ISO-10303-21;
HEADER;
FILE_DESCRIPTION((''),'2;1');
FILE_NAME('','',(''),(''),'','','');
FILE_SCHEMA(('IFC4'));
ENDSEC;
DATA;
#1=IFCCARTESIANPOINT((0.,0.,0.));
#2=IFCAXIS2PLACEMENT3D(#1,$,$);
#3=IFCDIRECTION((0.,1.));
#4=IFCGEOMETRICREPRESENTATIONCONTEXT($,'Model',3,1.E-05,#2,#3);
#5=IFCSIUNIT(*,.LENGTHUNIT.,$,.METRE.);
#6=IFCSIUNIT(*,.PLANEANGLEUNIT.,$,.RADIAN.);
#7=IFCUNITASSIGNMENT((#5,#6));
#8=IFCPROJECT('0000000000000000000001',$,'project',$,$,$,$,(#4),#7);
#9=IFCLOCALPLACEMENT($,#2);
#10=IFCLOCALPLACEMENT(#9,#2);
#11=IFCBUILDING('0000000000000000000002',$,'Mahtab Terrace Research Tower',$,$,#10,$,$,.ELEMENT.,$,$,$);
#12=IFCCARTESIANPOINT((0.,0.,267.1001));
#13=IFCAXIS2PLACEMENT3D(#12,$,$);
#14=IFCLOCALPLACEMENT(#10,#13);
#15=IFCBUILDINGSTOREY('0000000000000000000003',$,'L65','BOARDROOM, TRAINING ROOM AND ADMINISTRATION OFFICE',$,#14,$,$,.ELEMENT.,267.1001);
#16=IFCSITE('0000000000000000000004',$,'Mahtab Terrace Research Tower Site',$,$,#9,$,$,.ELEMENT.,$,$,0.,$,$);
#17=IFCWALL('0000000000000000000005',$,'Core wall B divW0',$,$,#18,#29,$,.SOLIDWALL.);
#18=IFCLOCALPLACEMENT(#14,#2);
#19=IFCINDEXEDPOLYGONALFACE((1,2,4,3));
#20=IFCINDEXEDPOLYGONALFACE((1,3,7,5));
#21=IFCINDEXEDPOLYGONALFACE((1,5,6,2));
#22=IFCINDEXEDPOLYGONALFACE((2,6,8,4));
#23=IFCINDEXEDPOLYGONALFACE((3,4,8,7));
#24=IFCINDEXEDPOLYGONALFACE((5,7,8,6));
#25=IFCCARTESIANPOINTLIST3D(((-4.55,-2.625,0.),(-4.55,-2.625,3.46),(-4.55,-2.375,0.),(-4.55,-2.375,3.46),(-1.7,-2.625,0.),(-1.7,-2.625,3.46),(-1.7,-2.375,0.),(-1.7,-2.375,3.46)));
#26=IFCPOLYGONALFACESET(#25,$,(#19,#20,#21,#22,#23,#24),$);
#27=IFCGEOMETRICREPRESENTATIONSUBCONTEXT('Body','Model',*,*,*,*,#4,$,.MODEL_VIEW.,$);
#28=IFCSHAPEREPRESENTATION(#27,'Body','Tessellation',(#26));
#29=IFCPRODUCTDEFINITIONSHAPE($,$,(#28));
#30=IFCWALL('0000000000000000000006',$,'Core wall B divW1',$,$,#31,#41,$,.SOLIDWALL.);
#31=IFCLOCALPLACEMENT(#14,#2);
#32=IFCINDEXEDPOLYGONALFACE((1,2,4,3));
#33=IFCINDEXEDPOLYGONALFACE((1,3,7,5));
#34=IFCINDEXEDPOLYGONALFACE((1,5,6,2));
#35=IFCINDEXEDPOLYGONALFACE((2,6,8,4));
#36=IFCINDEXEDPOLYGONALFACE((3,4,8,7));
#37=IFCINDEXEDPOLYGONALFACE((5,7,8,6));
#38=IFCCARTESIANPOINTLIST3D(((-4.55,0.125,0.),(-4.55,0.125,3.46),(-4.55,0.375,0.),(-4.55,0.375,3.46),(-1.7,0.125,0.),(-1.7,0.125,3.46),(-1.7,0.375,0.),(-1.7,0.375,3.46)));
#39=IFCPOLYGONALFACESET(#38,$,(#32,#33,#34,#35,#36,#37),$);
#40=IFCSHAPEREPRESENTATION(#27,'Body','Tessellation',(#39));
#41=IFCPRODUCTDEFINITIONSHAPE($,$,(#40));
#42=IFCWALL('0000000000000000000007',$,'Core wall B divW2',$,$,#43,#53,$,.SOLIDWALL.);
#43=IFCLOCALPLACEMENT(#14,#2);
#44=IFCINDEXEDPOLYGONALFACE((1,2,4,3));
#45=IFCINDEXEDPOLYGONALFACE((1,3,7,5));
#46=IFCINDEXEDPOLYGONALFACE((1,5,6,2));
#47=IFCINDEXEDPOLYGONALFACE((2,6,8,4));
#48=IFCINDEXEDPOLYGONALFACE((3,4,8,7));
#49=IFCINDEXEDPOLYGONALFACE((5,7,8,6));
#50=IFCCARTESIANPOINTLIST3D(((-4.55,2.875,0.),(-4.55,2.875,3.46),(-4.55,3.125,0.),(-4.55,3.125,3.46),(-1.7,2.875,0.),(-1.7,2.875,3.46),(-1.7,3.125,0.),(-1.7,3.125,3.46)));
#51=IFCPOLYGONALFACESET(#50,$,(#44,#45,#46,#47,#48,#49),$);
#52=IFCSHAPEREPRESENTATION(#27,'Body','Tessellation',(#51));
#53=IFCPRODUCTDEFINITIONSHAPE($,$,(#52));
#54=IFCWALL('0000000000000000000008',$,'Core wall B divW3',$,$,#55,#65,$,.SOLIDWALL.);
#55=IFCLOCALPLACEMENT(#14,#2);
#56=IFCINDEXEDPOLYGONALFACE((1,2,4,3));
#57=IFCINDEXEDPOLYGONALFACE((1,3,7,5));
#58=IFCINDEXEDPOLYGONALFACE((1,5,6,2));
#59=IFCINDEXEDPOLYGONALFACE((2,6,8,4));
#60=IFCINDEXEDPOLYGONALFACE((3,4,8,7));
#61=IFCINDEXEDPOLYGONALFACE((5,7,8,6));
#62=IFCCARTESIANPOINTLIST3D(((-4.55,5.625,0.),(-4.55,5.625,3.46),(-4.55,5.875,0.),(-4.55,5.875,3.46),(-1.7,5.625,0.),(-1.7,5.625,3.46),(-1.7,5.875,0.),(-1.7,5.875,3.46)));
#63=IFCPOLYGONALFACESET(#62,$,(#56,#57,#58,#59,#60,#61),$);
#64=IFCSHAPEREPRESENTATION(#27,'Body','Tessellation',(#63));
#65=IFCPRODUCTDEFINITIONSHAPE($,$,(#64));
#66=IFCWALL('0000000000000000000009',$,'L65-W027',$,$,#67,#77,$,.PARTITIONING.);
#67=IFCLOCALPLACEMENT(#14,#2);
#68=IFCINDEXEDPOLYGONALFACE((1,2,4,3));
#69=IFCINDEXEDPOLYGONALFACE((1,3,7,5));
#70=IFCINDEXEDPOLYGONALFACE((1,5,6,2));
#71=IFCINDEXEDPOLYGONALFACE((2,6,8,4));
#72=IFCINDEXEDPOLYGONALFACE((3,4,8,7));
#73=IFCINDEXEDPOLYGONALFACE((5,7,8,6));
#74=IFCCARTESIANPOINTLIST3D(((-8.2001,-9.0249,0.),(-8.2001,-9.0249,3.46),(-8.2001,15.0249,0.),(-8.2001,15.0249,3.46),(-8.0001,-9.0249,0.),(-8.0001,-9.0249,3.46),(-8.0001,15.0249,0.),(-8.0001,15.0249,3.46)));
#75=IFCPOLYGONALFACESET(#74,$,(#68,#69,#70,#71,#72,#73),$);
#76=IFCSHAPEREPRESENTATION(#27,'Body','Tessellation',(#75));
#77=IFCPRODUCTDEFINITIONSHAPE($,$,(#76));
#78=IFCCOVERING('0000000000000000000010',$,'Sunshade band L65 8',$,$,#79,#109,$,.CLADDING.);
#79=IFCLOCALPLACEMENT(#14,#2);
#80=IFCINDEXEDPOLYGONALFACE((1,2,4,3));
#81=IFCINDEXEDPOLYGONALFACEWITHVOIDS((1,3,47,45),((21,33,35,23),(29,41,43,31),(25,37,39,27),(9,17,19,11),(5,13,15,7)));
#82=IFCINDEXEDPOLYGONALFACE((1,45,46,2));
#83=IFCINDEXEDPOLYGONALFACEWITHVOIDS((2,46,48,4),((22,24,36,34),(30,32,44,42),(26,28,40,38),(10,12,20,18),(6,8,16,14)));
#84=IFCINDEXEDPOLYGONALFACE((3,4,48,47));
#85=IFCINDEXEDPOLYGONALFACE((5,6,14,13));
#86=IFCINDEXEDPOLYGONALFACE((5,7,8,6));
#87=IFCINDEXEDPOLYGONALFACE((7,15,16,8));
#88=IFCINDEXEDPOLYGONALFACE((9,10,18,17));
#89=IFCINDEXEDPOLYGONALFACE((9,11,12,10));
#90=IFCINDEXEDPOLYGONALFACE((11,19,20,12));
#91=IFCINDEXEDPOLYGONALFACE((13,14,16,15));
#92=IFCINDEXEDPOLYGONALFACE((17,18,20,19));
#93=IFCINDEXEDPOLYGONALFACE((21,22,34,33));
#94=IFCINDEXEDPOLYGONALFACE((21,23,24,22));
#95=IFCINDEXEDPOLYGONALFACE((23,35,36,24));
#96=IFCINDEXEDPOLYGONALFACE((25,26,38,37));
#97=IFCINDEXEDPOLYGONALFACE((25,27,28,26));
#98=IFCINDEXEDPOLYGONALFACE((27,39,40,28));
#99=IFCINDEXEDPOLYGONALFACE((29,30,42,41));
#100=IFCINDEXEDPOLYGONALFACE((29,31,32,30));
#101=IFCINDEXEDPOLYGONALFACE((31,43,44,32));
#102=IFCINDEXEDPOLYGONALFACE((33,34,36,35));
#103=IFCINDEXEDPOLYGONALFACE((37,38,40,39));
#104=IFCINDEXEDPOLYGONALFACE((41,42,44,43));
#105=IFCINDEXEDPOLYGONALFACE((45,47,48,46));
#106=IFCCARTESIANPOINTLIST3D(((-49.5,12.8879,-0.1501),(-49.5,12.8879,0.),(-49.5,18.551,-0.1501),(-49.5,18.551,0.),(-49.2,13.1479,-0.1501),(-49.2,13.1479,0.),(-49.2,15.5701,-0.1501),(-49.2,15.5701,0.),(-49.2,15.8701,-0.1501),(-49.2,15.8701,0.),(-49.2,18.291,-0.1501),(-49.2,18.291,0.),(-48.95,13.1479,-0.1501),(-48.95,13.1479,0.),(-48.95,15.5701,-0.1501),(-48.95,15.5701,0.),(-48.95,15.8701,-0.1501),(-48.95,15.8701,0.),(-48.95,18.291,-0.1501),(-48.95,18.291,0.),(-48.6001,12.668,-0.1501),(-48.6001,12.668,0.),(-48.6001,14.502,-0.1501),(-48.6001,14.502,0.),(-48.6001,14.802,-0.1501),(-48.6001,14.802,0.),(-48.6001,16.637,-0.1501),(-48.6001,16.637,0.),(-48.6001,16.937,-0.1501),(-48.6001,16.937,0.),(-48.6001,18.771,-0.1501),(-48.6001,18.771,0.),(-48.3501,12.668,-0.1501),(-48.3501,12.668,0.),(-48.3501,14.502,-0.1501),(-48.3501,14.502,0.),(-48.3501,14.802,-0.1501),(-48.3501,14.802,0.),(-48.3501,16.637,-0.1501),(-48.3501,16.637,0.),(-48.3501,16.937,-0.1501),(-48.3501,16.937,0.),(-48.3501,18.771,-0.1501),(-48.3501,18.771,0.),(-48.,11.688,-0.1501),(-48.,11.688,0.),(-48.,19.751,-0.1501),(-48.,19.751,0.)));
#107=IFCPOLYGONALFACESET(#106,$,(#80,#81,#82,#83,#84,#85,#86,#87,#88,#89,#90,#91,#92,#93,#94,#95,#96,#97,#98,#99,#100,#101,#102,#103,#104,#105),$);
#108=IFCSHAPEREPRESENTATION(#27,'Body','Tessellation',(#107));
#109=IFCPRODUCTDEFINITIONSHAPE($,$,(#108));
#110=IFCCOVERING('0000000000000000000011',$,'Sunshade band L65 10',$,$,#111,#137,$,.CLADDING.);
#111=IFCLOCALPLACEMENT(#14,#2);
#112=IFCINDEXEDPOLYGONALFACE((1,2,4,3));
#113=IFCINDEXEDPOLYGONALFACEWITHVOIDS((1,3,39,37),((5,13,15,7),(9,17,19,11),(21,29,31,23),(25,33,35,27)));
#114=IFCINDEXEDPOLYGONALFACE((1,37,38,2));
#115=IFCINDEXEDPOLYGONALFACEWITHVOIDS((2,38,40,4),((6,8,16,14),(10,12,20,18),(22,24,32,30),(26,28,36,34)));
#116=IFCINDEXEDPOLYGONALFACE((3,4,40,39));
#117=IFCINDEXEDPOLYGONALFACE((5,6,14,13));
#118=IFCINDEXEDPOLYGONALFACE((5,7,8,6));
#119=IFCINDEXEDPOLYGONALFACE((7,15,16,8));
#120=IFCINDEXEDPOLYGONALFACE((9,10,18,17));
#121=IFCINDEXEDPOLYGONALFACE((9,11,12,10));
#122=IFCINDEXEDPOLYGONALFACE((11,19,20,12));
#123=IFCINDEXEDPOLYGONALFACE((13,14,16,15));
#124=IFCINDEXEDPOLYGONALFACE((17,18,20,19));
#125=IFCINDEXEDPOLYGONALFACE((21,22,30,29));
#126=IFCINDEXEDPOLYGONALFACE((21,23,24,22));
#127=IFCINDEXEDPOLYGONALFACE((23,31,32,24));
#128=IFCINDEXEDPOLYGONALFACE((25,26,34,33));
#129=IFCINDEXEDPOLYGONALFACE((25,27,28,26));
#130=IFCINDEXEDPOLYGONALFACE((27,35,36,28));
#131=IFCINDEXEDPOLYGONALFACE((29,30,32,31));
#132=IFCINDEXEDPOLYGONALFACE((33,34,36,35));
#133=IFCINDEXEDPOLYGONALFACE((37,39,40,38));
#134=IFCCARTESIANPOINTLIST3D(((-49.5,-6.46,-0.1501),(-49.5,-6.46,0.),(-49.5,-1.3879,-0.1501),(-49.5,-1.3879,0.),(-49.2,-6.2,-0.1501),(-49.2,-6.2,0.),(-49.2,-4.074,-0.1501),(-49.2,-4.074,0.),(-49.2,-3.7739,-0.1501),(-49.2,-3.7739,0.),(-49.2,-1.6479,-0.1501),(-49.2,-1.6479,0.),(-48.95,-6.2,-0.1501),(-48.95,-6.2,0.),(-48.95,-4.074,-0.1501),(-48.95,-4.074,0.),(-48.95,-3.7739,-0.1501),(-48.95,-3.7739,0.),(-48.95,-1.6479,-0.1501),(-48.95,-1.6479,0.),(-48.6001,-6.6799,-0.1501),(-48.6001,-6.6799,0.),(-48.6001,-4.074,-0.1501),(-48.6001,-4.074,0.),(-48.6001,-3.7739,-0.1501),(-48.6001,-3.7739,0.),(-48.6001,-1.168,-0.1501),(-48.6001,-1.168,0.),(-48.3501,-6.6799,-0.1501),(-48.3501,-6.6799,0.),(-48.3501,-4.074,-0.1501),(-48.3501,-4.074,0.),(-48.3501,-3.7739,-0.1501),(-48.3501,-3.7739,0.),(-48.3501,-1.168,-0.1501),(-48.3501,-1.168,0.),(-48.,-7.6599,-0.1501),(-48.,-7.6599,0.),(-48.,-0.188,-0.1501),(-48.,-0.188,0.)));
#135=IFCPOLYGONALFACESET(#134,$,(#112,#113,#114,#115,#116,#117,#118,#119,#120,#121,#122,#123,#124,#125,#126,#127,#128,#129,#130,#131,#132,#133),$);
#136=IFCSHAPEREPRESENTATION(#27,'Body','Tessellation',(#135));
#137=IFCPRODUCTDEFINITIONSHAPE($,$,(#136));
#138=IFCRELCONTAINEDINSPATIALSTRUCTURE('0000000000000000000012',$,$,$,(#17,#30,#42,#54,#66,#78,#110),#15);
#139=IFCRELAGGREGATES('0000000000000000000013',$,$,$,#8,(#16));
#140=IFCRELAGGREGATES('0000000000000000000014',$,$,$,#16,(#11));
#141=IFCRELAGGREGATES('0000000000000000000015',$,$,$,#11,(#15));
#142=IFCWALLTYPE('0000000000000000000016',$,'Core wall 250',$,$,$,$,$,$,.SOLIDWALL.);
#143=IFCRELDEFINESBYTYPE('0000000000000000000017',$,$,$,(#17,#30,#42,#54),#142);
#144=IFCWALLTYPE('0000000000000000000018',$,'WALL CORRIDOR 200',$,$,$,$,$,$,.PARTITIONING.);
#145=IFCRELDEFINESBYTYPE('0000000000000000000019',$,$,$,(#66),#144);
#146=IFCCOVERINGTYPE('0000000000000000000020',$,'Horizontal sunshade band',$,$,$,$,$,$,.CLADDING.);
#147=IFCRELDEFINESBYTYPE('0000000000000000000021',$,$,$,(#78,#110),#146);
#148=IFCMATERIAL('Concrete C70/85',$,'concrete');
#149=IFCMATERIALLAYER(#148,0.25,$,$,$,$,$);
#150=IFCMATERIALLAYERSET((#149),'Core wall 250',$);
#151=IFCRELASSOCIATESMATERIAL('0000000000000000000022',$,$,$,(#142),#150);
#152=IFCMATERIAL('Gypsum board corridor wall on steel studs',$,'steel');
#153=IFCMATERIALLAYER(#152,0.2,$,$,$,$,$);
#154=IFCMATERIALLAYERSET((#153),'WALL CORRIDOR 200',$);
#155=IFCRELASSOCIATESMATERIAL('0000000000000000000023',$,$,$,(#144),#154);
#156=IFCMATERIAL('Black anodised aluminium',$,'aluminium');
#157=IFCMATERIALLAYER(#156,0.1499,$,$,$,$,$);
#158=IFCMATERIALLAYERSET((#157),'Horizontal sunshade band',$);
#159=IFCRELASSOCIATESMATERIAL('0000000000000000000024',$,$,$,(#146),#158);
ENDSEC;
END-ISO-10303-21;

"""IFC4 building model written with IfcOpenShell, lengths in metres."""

from ifc_helpers import new_model, si_unit, direction, frame, frame_2d, origin, place, context, subcontext, project, spatial, polyline, rectangle, outline, extrude, material, layer, layer_set, type_object, element, save


model = new_model("IFC4")

# Units and contexts
model_context = context("Model", 3, precision=1e-05, world=origin(), true_north=direction((0.0, 1.0)))
body_context = subcontext(model_context, "Body", "Model", "MODEL_VIEW")
ifc_project = project(units=[si_unit("LENGTHUNIT", "METRE"), si_unit("PLANEANGLEUNIT", "RADIAN")], contexts=[model_context])

# Site, building, storey
site_placement = place(None, origin())
site = spatial("IfcSite", under=ifc_project, at=site_placement, Name="Mahtab Terrace Research Tower Site", CompositionType="ELEMENT", RefElevation=0.0)
building_placement = place(site_placement, origin())
building = spatial("IfcBuilding", under=site, at=building_placement, Name="Mahtab Terrace Research Tower", CompositionType="ELEMENT")
storey_placement = place(building_placement, frame((0.0, 0.0, 267.1001)))
storey = spatial("IfcBuildingStorey", under=building, at=storey_placement, Name="L65", Description="BOARDROOM, TRAINING ROOM AND ADMINISTRATION OFFICE", CompositionType="ELEMENT", Elevation=267.1001)

# Shared definitions
ifc_material_1 = material(Name="Concrete C70/85", Category="concrete")

# Shared definitions
ifc_layer_1 = layer(ifc_material_1, 0.25)
ifc_layer_set_1 = layer_set([ifc_layer_1], Name="Core wall 250")
wall_type_1 = type_object("IfcWallType", Name="Core wall 250", PredefinedType="SOLIDWALL", material=ifc_layer_set_1)

# Walls
for number, where, z_axis, x_axis, name in (
    (1, (-4.55, -2.5, 0.0), (0.0, 0.0, 1.0), (1.0, 0.0, 0.0), "Core wall B divW0"),
    (2, (-4.55, 0.25, 0.0), (0.0, 0.0, 1.0), (1.0, 0.0, 0.0), "Core wall B divW1"),
    (3, (-4.55, 3.0, 0.0), (0.0, 0.0, 1.0), (1.0, 0.0, 0.0), "Core wall B divW2"),
    (4, (-4.55, 5.75, 0.0), (0.0, 0.0, 1.0), (1.0, 0.0, 0.0), "Core wall B divW3"),
):
    element("IfcWall", number, at=place(storey_placement, frame(where, z_axis=z_axis, x_axis=x_axis)), inside=storey, type_object=wall_type_1, Name=name, PredefinedType="SOLIDWALL", context=body_context, shape_type="SweptSolid", body=[
        extrude(rectangle(XDim=2.8501, YDim=0.25, at=frame_2d((1.425, 0.0))), origin(), (0.0, 0.0, 1.0), 3.46),
    ])
ifc_material_2 = material(Name="Gypsum board corridor wall on steel studs", Category="steel")
ifc_layer_2 = layer(ifc_material_2, 0.2)
ifc_layer_set_2 = layer_set([ifc_layer_2], Name="WALL CORRIDOR 200")
wall_type_2 = type_object("IfcWallType", Name="WALL CORRIDOR 200", PredefinedType="PARTITIONING", material=ifc_layer_set_2)
wall_1_placement = place(storey_placement, frame((-8.1001, -9.0249, 0.0), z_axis=(0.0, 0.0, 1.0), x_axis=(0.0, 1.0, 0.0)))
element("IfcWall", 5, at=wall_1_placement, inside=storey, type_object=wall_type_2, Name="L65-W027", PredefinedType="PARTITIONING", context=body_context, shape_type="SweptSolid", body=[
    extrude(rectangle(XDim=24.0498, YDim=0.2, at=frame_2d((12.0249, 0.0))), origin(), (0.0, 0.0, 1.0), 3.46),
])

# Coverings
ifc_material_3 = material(Name="Black anodised aluminium", Category="aluminium")
ifc_layer_3 = layer(ifc_material_3, 0.1499)
ifc_layer_set_3 = layer_set([ifc_layer_3], Name="Horizontal sunshade band")
covering_type = type_object("IfcCoveringType", Name="Horizontal sunshade band", PredefinedType="CLADDING", material=ifc_layer_set_3)
covering_1_placement = place(storey_placement, frame((0.0, 0.0, -0.1501)))
element("IfcCovering", 6, at=covering_1_placement, inside=storey, type_object=covering_type, Name="Sunshade band L65 8", PredefinedType="CLADDING", context=body_context, shape_type="SweptSolid", body=[
    extrude(outline(polyline([(-48.0, 19.751), (-48.0, 11.688), (-49.5, 12.8879), (-49.5, 18.551), (-48.0, 19.751)]), holes=[polyline([(-48.3501, 18.771), (-48.3501, 16.937), (-48.6001, 16.937), (-48.6001, 18.771), (-48.3501, 18.771)]), polyline([(-48.3501, 16.637), (-48.3501, 14.802), (-48.6001, 14.802), (-48.6001, 16.637), (-48.3501, 16.637)]), polyline([(-48.3501, 14.502), (-48.3501, 12.668), (-48.6001, 12.668), (-48.6001, 14.502), (-48.3501, 14.502)]), polyline([(-48.95, 18.291), (-48.95, 15.8701), (-49.2, 15.8701), (-49.2, 18.291), (-48.95, 18.291)]), polyline([(-48.95, 15.5701), (-48.95, 13.1479), (-49.2, 13.1479), (-49.2, 15.5701), (-48.95, 15.5701)])]), origin(), (0.0, 0.0, 1.0), 0.1501),
])
covering_2_placement = place(storey_placement, frame((0.0, 0.0, -0.1501)))
element("IfcCovering", 7, at=covering_2_placement, inside=storey, type_object=covering_type, Name="Sunshade band L65 10", PredefinedType="CLADDING", context=body_context, shape_type="SweptSolid", body=[
    extrude(outline(polyline([(-48.0, -0.188), (-48.0, -7.6599), (-49.5, -6.46), (-49.5, -1.3879), (-48.0, -0.188)]), holes=[polyline([(-48.3501, -1.168), (-48.3501, -3.7739), (-48.6001, -3.7739), (-48.6001, -1.168), (-48.3501, -1.168)]), polyline([(-48.3501, -4.074), (-48.3501, -6.6799), (-48.6001, -6.6799), (-48.6001, -4.074), (-48.3501, -4.074)]), polyline([(-48.95, -1.6479), (-48.95, -3.7739), (-49.2, -3.7739), (-49.2, -1.6479), (-48.95, -1.6479)]), polyline([(-48.95, -4.074), (-48.95, -6.2), (-49.2, -6.2), (-49.2, -4.074), (-48.95, -4.074)])]), origin(), (0.0, 0.0, 1.0), 0.1501),
])

save(model, "model.ifc")
